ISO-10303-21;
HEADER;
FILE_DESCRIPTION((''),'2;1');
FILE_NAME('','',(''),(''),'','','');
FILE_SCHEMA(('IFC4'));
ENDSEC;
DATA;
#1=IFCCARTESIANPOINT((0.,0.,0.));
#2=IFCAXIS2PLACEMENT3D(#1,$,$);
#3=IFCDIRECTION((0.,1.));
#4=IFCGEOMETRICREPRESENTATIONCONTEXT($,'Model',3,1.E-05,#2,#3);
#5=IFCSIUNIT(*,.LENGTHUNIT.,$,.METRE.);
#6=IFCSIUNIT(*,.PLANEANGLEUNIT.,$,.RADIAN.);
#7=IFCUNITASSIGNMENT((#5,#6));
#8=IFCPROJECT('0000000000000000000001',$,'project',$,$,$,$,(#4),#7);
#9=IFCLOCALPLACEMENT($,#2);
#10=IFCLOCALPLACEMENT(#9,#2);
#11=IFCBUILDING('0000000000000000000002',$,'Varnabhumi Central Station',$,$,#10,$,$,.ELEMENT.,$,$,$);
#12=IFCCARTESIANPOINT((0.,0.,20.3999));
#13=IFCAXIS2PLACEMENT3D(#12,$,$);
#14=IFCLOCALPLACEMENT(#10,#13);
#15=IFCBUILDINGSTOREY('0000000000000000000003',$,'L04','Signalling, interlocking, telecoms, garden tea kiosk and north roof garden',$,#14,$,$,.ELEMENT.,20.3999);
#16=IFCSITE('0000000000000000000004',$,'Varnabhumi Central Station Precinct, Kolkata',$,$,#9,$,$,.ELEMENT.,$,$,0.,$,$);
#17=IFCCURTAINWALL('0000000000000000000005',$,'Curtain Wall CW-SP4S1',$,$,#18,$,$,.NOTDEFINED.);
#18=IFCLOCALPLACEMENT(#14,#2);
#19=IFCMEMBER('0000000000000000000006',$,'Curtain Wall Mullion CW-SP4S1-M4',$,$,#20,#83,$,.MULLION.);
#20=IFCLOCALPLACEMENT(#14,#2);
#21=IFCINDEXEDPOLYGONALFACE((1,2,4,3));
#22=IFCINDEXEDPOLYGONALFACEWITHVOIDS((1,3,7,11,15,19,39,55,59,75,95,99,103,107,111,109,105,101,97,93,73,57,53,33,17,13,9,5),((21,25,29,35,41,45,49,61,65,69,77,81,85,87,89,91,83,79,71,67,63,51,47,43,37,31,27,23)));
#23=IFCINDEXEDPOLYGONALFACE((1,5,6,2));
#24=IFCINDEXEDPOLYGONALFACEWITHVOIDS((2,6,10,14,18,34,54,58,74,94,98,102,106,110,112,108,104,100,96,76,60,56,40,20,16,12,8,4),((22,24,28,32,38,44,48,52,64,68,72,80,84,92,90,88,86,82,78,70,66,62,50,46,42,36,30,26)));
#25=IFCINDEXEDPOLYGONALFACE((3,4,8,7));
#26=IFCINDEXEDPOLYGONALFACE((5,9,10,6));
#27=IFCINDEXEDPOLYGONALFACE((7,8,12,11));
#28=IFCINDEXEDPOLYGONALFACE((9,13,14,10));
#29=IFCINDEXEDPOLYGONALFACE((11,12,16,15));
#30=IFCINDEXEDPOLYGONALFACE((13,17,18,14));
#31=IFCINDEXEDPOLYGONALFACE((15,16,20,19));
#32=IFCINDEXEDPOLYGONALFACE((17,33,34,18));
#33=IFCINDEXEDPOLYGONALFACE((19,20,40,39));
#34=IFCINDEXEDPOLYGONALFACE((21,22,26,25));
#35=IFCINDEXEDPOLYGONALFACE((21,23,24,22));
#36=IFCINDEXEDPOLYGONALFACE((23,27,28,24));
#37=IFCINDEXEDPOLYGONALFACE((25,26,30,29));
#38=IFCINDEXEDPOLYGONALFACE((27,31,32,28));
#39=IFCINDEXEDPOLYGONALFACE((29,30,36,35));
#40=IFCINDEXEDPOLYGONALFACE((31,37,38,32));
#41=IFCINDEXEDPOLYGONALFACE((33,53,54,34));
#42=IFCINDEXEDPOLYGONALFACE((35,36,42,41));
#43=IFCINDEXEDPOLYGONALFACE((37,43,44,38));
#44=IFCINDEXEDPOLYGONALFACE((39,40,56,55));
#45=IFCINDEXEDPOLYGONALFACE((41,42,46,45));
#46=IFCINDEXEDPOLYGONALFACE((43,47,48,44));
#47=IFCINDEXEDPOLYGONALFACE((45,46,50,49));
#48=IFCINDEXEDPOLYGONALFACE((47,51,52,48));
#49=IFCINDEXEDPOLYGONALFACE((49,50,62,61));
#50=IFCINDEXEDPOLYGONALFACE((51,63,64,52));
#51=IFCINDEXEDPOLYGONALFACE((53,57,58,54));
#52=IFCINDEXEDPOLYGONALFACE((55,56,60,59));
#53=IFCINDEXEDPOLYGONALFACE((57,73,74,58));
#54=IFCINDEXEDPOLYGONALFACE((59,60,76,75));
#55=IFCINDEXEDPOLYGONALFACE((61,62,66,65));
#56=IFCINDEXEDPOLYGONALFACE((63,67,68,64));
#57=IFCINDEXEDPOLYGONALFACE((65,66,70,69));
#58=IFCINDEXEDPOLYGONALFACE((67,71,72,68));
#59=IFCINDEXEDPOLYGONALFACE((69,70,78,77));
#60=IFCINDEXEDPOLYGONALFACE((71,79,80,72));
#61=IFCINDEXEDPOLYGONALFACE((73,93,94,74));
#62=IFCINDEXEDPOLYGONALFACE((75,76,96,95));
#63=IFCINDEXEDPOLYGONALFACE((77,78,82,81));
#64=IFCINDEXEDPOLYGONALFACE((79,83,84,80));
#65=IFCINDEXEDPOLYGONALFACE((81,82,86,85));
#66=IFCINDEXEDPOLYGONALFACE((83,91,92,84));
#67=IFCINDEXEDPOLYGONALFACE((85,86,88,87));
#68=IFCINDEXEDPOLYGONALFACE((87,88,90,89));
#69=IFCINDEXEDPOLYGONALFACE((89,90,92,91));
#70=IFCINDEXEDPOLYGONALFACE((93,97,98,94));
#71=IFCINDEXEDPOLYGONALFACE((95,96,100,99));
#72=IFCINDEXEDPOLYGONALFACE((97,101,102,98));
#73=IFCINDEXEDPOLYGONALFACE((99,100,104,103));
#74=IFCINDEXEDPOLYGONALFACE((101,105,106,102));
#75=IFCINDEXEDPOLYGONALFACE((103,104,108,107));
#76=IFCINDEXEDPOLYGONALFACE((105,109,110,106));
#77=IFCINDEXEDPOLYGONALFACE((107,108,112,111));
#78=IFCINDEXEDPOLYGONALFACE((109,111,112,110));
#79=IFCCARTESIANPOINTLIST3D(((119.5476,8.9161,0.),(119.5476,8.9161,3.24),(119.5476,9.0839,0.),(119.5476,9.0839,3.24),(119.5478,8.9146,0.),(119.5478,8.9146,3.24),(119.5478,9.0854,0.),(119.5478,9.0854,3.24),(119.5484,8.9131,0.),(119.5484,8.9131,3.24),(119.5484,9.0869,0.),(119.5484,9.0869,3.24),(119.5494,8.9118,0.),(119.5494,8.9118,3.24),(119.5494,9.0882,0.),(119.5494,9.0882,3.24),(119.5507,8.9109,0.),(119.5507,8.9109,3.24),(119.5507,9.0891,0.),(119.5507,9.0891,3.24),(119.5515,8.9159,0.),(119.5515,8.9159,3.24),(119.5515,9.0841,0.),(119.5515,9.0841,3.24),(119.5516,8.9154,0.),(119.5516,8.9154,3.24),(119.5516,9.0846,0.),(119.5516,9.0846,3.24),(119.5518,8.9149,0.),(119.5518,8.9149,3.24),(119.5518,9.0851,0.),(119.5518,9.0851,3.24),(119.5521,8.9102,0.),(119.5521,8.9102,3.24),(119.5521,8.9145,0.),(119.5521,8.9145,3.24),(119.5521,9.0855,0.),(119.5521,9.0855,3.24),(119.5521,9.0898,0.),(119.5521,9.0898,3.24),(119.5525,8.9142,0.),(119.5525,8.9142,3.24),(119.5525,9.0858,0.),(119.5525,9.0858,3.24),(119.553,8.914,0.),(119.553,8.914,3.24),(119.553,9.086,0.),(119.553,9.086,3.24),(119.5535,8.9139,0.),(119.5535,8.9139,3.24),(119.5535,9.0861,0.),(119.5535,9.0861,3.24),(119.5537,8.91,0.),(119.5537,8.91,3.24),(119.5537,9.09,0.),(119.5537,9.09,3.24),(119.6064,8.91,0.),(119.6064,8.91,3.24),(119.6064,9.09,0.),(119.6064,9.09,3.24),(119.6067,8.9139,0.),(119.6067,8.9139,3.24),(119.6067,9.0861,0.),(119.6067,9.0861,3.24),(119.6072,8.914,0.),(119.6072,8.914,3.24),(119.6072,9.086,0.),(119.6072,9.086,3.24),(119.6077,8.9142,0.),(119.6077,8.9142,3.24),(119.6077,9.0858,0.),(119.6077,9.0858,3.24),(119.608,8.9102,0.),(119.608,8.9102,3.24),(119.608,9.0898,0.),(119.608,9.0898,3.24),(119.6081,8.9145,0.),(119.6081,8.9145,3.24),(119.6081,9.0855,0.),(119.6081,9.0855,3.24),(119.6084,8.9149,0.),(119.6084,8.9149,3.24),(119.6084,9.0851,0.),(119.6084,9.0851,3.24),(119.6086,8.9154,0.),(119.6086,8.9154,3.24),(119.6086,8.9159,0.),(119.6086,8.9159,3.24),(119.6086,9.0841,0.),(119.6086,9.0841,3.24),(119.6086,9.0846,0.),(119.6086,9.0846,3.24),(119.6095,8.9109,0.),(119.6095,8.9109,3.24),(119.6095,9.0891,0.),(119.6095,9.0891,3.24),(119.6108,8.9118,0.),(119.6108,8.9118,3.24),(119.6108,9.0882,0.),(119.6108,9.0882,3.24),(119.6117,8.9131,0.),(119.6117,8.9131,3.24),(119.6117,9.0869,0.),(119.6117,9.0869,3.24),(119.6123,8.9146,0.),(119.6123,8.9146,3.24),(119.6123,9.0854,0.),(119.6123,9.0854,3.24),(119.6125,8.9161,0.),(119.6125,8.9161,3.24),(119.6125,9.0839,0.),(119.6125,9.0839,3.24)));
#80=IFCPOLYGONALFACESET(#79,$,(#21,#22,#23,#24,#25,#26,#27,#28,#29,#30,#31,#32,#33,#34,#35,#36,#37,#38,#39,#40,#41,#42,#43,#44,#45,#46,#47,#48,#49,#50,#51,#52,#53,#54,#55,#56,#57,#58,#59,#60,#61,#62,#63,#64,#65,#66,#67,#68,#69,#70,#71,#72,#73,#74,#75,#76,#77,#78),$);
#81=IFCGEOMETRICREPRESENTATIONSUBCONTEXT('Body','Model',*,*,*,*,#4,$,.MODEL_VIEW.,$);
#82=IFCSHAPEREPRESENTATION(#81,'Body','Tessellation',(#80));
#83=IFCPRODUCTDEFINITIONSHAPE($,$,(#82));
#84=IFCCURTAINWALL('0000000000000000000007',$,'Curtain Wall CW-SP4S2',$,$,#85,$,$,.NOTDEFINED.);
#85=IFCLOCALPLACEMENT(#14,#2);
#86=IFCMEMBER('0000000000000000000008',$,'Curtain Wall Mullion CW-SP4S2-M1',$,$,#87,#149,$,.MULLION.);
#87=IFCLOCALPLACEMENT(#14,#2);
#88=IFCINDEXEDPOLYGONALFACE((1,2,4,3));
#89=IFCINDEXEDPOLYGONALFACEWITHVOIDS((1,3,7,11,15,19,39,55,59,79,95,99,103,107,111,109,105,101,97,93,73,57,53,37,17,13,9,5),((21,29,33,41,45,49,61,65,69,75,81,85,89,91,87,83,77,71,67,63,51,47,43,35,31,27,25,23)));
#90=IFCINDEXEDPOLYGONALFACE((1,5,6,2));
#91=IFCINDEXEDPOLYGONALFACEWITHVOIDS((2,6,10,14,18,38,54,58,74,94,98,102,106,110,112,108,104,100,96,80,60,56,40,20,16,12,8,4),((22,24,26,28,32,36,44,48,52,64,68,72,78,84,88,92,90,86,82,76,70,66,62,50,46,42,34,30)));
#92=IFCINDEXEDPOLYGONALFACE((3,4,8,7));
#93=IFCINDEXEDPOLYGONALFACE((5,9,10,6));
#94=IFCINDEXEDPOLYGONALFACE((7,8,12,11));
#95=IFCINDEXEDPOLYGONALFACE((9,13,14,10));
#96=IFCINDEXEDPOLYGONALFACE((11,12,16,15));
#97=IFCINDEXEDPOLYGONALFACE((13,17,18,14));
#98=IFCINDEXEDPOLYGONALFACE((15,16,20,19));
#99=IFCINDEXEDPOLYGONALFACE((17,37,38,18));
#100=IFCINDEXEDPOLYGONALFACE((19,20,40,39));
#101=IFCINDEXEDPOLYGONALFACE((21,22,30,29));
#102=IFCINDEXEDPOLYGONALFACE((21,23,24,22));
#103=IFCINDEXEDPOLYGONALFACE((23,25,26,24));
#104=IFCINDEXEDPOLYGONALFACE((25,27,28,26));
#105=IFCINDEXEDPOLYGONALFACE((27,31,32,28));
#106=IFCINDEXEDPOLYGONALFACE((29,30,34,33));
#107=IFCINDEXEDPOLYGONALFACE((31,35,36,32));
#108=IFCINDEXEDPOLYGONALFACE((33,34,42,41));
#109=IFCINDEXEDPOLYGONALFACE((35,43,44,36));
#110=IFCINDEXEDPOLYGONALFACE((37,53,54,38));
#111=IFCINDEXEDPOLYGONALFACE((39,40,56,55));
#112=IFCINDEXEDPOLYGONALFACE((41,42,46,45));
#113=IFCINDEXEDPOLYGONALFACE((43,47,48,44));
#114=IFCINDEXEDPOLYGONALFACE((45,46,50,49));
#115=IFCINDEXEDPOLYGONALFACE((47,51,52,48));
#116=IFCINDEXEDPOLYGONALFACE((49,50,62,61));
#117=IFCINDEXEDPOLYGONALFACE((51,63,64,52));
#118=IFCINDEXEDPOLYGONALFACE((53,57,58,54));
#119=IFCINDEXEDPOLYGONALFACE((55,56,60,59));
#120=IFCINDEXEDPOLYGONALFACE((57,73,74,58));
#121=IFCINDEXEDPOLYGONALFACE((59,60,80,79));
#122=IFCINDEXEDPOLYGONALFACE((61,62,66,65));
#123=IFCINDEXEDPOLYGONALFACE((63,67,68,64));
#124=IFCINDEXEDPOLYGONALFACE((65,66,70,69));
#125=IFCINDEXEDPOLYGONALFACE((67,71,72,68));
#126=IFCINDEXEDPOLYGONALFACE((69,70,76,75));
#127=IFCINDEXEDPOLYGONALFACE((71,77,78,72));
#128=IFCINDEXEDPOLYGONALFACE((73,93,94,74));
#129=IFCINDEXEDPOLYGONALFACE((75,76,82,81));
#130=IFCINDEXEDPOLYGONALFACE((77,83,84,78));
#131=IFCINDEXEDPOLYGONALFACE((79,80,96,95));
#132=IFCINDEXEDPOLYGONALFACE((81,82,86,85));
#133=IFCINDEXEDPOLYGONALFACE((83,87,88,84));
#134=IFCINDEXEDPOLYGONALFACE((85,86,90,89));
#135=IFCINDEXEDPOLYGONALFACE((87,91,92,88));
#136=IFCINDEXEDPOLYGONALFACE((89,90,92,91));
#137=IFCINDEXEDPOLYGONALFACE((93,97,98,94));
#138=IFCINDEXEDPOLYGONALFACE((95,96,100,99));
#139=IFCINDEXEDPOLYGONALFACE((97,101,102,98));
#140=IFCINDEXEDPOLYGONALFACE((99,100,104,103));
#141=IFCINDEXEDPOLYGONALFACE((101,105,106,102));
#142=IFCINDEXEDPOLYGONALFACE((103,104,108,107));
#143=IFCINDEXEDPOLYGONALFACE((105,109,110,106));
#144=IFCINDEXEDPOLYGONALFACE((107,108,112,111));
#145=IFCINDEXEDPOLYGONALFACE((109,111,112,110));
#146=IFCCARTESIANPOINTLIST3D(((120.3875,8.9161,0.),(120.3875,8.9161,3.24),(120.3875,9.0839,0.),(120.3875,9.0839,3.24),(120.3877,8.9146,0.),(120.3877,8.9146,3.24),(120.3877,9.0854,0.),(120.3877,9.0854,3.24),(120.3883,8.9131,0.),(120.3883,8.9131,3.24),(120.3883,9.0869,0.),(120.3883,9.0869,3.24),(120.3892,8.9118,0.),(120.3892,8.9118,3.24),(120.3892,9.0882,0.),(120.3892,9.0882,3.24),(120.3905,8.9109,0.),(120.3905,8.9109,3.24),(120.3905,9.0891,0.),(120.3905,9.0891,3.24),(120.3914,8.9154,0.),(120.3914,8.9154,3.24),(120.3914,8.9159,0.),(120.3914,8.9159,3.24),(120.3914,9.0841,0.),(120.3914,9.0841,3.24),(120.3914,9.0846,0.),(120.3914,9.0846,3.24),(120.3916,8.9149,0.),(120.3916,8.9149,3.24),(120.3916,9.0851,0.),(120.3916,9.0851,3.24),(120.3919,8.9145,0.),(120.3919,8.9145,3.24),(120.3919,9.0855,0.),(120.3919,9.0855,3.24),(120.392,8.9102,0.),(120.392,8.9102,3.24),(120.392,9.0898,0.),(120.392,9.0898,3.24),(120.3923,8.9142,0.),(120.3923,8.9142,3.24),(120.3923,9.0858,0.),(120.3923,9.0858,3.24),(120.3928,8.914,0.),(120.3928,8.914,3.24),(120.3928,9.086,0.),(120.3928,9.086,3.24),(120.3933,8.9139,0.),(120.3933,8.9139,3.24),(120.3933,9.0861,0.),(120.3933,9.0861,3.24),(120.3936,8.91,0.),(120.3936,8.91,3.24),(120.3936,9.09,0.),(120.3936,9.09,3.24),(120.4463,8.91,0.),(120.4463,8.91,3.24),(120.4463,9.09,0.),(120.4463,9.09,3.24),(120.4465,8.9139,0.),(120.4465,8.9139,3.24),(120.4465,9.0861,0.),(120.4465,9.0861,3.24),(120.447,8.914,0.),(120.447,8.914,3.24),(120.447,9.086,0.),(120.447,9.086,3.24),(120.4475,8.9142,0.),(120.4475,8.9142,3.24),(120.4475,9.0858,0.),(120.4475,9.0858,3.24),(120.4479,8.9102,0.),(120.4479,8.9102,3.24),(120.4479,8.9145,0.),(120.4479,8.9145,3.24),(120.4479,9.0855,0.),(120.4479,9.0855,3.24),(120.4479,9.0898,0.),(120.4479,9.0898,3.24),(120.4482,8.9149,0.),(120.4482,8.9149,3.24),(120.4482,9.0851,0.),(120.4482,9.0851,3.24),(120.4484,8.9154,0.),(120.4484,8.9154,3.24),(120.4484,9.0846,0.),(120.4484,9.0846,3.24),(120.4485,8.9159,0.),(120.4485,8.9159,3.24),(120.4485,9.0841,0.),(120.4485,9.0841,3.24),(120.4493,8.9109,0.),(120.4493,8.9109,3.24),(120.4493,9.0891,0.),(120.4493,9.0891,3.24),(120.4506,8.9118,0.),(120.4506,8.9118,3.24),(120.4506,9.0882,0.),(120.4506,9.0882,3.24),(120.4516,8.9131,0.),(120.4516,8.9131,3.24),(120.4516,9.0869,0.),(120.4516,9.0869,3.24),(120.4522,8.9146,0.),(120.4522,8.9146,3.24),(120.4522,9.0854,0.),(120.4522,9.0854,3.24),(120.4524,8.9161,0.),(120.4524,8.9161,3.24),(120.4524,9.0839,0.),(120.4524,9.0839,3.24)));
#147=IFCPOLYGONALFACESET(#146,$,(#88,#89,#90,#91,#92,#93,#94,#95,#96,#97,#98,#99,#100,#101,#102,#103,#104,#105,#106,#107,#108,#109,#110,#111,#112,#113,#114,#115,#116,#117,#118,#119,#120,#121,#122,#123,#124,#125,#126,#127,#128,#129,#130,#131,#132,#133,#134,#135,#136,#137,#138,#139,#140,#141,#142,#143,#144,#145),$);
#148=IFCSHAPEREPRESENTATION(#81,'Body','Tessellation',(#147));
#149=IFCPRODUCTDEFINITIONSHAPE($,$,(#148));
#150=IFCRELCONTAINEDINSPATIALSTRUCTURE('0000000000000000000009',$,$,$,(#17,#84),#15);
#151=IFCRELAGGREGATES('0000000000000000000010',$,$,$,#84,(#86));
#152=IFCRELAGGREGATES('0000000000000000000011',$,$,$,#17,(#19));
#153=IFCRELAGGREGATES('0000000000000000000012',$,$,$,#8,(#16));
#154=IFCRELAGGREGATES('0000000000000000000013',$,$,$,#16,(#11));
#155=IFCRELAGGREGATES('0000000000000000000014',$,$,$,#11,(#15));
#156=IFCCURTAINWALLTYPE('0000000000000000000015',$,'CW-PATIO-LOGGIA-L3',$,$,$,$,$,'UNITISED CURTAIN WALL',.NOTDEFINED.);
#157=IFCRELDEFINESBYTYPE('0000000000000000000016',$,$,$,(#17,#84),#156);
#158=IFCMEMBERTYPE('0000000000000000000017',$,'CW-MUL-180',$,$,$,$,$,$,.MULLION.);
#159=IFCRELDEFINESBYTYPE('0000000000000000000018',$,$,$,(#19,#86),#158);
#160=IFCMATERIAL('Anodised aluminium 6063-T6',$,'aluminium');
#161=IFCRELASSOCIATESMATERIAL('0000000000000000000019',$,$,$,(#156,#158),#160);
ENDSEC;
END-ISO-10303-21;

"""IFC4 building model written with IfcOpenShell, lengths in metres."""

from ifc_helpers import new_model, si_unit, direction, frame, origin, origin_2d, place, context, subcontext, project, spatial, hollow_rectangle, extrude, material, material_profile, profile_set, type_object, element, aggregate, save


model = new_model("IFC4")

# Units and contexts
model_context = context("Model", 3, precision=1e-05, world=origin(), true_north=direction((0.0, 1.0)))
body_context = subcontext(model_context, "Body", "Model", "MODEL_VIEW")
ifc_project = project(units=[si_unit("LENGTHUNIT", "METRE"), si_unit("PLANEANGLEUNIT", "RADIAN")], contexts=[model_context])

# Site, building, storey
site_placement = place(None, origin())
site = spatial("IfcSite", under=ifc_project, at=site_placement, Name="Varnabhumi Central Station Precinct, Kolkata", CompositionType="ELEMENT", RefElevation=0.0)
building_placement = place(site_placement, origin())
building = spatial("IfcBuilding", under=site, at=building_placement, Name="Varnabhumi Central Station", CompositionType="ELEMENT")
storey_placement = place(building_placement, frame((0.0, 0.0, 20.3999)))
storey = spatial("IfcBuildingStorey", under=building, at=storey_placement, Name="L04", Description="Signalling, interlocking, telecoms, garden tea kiosk and north roof garden", CompositionType="ELEMENT", Elevation=20.3999)

# Curtain wall, member
ifc_material_1 = material(Name="Anodised aluminium 6063-T6", Category="aluminium")
curtain_wall_type = type_object("IfcCurtainWallType", Name="CW-PATIO-LOGGIA-L3", ElementType="UNITISED CURTAIN WALL", PredefinedType="NOTDEFINED", material=ifc_material_1)
ifc_material_profile_1 = material_profile(ifc_material_1, hollow_rectangle(XDim=0.0649, YDim=0.1799, WallThickness=0.0039, InnerFilletRadius=0.002, OuterFilletRadius=0.0061, at=origin_2d()), Name="Anodised aluminium 6063-T6", Category="aluminium")
ifc_profile_set_1 = profile_set([ifc_material_profile_1], Name="Anodised aluminium 6063-T6")
member_type_1 = type_object("IfcMemberType", Name="CW-MUL-180", PredefinedType="MULLION", material=ifc_profile_set_1)
curtain_wall_1_placement = place(storey_placement, origin())
curtain_wall_1 = element("IfcCurtainWall", 1, at=curtain_wall_1_placement, inside=storey, type_object=curtain_wall_type, Name="Curtain Wall CW-SP4S1", PredefinedType="NOTDEFINED")
member_1_placement = place(storey_placement, frame((119.5801, 9.0, 0.0), z_axis=(0.0, 0.0, 1.0), x_axis=(1.0, 0.0, 0.0)))
member_1 = element("IfcMember", 2, at=member_1_placement, type_object=member_type_1, Name="Curtain Wall Mullion CW-SP4S1-M4", PredefinedType="MULLION", context=body_context, shape_type="SweptSolid", body=[
    extrude(hollow_rectangle(XDim=0.0649, YDim=0.1799, WallThickness=0.0039, InnerFilletRadius=0.002, OuterFilletRadius=0.0061, at=origin_2d()), origin(), (0.0, 0.0, 1.0), 3.24),
])

# Curtain wall, member
curtain_wall_2_placement = place(storey_placement, origin())
curtain_wall_2 = element("IfcCurtainWall", 3, at=curtain_wall_2_placement, inside=storey, type_object=curtain_wall_type, Name="Curtain Wall CW-SP4S2", PredefinedType="NOTDEFINED")
member_2_placement = place(storey_placement, frame((120.4199, 9.0, 0.0), z_axis=(0.0, 0.0, 1.0), x_axis=(1.0, 0.0, 0.0)))
member_2 = element("IfcMember", 4, at=member_2_placement, type_object=member_type_1, Name="Curtain Wall Mullion CW-SP4S2-M1", PredefinedType="MULLION", context=body_context, shape_type="SweptSolid", body=[
    extrude(hollow_rectangle(XDim=0.0649, YDim=0.1799, WallThickness=0.0039, InnerFilletRadius=0.002, OuterFilletRadius=0.0061, at=origin_2d()), origin(), (0.0, 0.0, 1.0), 3.24),
])

aggregate(curtain_wall_2, [member_2])

aggregate(curtain_wall_1, [member_1])

save(model, "model.ifc")
